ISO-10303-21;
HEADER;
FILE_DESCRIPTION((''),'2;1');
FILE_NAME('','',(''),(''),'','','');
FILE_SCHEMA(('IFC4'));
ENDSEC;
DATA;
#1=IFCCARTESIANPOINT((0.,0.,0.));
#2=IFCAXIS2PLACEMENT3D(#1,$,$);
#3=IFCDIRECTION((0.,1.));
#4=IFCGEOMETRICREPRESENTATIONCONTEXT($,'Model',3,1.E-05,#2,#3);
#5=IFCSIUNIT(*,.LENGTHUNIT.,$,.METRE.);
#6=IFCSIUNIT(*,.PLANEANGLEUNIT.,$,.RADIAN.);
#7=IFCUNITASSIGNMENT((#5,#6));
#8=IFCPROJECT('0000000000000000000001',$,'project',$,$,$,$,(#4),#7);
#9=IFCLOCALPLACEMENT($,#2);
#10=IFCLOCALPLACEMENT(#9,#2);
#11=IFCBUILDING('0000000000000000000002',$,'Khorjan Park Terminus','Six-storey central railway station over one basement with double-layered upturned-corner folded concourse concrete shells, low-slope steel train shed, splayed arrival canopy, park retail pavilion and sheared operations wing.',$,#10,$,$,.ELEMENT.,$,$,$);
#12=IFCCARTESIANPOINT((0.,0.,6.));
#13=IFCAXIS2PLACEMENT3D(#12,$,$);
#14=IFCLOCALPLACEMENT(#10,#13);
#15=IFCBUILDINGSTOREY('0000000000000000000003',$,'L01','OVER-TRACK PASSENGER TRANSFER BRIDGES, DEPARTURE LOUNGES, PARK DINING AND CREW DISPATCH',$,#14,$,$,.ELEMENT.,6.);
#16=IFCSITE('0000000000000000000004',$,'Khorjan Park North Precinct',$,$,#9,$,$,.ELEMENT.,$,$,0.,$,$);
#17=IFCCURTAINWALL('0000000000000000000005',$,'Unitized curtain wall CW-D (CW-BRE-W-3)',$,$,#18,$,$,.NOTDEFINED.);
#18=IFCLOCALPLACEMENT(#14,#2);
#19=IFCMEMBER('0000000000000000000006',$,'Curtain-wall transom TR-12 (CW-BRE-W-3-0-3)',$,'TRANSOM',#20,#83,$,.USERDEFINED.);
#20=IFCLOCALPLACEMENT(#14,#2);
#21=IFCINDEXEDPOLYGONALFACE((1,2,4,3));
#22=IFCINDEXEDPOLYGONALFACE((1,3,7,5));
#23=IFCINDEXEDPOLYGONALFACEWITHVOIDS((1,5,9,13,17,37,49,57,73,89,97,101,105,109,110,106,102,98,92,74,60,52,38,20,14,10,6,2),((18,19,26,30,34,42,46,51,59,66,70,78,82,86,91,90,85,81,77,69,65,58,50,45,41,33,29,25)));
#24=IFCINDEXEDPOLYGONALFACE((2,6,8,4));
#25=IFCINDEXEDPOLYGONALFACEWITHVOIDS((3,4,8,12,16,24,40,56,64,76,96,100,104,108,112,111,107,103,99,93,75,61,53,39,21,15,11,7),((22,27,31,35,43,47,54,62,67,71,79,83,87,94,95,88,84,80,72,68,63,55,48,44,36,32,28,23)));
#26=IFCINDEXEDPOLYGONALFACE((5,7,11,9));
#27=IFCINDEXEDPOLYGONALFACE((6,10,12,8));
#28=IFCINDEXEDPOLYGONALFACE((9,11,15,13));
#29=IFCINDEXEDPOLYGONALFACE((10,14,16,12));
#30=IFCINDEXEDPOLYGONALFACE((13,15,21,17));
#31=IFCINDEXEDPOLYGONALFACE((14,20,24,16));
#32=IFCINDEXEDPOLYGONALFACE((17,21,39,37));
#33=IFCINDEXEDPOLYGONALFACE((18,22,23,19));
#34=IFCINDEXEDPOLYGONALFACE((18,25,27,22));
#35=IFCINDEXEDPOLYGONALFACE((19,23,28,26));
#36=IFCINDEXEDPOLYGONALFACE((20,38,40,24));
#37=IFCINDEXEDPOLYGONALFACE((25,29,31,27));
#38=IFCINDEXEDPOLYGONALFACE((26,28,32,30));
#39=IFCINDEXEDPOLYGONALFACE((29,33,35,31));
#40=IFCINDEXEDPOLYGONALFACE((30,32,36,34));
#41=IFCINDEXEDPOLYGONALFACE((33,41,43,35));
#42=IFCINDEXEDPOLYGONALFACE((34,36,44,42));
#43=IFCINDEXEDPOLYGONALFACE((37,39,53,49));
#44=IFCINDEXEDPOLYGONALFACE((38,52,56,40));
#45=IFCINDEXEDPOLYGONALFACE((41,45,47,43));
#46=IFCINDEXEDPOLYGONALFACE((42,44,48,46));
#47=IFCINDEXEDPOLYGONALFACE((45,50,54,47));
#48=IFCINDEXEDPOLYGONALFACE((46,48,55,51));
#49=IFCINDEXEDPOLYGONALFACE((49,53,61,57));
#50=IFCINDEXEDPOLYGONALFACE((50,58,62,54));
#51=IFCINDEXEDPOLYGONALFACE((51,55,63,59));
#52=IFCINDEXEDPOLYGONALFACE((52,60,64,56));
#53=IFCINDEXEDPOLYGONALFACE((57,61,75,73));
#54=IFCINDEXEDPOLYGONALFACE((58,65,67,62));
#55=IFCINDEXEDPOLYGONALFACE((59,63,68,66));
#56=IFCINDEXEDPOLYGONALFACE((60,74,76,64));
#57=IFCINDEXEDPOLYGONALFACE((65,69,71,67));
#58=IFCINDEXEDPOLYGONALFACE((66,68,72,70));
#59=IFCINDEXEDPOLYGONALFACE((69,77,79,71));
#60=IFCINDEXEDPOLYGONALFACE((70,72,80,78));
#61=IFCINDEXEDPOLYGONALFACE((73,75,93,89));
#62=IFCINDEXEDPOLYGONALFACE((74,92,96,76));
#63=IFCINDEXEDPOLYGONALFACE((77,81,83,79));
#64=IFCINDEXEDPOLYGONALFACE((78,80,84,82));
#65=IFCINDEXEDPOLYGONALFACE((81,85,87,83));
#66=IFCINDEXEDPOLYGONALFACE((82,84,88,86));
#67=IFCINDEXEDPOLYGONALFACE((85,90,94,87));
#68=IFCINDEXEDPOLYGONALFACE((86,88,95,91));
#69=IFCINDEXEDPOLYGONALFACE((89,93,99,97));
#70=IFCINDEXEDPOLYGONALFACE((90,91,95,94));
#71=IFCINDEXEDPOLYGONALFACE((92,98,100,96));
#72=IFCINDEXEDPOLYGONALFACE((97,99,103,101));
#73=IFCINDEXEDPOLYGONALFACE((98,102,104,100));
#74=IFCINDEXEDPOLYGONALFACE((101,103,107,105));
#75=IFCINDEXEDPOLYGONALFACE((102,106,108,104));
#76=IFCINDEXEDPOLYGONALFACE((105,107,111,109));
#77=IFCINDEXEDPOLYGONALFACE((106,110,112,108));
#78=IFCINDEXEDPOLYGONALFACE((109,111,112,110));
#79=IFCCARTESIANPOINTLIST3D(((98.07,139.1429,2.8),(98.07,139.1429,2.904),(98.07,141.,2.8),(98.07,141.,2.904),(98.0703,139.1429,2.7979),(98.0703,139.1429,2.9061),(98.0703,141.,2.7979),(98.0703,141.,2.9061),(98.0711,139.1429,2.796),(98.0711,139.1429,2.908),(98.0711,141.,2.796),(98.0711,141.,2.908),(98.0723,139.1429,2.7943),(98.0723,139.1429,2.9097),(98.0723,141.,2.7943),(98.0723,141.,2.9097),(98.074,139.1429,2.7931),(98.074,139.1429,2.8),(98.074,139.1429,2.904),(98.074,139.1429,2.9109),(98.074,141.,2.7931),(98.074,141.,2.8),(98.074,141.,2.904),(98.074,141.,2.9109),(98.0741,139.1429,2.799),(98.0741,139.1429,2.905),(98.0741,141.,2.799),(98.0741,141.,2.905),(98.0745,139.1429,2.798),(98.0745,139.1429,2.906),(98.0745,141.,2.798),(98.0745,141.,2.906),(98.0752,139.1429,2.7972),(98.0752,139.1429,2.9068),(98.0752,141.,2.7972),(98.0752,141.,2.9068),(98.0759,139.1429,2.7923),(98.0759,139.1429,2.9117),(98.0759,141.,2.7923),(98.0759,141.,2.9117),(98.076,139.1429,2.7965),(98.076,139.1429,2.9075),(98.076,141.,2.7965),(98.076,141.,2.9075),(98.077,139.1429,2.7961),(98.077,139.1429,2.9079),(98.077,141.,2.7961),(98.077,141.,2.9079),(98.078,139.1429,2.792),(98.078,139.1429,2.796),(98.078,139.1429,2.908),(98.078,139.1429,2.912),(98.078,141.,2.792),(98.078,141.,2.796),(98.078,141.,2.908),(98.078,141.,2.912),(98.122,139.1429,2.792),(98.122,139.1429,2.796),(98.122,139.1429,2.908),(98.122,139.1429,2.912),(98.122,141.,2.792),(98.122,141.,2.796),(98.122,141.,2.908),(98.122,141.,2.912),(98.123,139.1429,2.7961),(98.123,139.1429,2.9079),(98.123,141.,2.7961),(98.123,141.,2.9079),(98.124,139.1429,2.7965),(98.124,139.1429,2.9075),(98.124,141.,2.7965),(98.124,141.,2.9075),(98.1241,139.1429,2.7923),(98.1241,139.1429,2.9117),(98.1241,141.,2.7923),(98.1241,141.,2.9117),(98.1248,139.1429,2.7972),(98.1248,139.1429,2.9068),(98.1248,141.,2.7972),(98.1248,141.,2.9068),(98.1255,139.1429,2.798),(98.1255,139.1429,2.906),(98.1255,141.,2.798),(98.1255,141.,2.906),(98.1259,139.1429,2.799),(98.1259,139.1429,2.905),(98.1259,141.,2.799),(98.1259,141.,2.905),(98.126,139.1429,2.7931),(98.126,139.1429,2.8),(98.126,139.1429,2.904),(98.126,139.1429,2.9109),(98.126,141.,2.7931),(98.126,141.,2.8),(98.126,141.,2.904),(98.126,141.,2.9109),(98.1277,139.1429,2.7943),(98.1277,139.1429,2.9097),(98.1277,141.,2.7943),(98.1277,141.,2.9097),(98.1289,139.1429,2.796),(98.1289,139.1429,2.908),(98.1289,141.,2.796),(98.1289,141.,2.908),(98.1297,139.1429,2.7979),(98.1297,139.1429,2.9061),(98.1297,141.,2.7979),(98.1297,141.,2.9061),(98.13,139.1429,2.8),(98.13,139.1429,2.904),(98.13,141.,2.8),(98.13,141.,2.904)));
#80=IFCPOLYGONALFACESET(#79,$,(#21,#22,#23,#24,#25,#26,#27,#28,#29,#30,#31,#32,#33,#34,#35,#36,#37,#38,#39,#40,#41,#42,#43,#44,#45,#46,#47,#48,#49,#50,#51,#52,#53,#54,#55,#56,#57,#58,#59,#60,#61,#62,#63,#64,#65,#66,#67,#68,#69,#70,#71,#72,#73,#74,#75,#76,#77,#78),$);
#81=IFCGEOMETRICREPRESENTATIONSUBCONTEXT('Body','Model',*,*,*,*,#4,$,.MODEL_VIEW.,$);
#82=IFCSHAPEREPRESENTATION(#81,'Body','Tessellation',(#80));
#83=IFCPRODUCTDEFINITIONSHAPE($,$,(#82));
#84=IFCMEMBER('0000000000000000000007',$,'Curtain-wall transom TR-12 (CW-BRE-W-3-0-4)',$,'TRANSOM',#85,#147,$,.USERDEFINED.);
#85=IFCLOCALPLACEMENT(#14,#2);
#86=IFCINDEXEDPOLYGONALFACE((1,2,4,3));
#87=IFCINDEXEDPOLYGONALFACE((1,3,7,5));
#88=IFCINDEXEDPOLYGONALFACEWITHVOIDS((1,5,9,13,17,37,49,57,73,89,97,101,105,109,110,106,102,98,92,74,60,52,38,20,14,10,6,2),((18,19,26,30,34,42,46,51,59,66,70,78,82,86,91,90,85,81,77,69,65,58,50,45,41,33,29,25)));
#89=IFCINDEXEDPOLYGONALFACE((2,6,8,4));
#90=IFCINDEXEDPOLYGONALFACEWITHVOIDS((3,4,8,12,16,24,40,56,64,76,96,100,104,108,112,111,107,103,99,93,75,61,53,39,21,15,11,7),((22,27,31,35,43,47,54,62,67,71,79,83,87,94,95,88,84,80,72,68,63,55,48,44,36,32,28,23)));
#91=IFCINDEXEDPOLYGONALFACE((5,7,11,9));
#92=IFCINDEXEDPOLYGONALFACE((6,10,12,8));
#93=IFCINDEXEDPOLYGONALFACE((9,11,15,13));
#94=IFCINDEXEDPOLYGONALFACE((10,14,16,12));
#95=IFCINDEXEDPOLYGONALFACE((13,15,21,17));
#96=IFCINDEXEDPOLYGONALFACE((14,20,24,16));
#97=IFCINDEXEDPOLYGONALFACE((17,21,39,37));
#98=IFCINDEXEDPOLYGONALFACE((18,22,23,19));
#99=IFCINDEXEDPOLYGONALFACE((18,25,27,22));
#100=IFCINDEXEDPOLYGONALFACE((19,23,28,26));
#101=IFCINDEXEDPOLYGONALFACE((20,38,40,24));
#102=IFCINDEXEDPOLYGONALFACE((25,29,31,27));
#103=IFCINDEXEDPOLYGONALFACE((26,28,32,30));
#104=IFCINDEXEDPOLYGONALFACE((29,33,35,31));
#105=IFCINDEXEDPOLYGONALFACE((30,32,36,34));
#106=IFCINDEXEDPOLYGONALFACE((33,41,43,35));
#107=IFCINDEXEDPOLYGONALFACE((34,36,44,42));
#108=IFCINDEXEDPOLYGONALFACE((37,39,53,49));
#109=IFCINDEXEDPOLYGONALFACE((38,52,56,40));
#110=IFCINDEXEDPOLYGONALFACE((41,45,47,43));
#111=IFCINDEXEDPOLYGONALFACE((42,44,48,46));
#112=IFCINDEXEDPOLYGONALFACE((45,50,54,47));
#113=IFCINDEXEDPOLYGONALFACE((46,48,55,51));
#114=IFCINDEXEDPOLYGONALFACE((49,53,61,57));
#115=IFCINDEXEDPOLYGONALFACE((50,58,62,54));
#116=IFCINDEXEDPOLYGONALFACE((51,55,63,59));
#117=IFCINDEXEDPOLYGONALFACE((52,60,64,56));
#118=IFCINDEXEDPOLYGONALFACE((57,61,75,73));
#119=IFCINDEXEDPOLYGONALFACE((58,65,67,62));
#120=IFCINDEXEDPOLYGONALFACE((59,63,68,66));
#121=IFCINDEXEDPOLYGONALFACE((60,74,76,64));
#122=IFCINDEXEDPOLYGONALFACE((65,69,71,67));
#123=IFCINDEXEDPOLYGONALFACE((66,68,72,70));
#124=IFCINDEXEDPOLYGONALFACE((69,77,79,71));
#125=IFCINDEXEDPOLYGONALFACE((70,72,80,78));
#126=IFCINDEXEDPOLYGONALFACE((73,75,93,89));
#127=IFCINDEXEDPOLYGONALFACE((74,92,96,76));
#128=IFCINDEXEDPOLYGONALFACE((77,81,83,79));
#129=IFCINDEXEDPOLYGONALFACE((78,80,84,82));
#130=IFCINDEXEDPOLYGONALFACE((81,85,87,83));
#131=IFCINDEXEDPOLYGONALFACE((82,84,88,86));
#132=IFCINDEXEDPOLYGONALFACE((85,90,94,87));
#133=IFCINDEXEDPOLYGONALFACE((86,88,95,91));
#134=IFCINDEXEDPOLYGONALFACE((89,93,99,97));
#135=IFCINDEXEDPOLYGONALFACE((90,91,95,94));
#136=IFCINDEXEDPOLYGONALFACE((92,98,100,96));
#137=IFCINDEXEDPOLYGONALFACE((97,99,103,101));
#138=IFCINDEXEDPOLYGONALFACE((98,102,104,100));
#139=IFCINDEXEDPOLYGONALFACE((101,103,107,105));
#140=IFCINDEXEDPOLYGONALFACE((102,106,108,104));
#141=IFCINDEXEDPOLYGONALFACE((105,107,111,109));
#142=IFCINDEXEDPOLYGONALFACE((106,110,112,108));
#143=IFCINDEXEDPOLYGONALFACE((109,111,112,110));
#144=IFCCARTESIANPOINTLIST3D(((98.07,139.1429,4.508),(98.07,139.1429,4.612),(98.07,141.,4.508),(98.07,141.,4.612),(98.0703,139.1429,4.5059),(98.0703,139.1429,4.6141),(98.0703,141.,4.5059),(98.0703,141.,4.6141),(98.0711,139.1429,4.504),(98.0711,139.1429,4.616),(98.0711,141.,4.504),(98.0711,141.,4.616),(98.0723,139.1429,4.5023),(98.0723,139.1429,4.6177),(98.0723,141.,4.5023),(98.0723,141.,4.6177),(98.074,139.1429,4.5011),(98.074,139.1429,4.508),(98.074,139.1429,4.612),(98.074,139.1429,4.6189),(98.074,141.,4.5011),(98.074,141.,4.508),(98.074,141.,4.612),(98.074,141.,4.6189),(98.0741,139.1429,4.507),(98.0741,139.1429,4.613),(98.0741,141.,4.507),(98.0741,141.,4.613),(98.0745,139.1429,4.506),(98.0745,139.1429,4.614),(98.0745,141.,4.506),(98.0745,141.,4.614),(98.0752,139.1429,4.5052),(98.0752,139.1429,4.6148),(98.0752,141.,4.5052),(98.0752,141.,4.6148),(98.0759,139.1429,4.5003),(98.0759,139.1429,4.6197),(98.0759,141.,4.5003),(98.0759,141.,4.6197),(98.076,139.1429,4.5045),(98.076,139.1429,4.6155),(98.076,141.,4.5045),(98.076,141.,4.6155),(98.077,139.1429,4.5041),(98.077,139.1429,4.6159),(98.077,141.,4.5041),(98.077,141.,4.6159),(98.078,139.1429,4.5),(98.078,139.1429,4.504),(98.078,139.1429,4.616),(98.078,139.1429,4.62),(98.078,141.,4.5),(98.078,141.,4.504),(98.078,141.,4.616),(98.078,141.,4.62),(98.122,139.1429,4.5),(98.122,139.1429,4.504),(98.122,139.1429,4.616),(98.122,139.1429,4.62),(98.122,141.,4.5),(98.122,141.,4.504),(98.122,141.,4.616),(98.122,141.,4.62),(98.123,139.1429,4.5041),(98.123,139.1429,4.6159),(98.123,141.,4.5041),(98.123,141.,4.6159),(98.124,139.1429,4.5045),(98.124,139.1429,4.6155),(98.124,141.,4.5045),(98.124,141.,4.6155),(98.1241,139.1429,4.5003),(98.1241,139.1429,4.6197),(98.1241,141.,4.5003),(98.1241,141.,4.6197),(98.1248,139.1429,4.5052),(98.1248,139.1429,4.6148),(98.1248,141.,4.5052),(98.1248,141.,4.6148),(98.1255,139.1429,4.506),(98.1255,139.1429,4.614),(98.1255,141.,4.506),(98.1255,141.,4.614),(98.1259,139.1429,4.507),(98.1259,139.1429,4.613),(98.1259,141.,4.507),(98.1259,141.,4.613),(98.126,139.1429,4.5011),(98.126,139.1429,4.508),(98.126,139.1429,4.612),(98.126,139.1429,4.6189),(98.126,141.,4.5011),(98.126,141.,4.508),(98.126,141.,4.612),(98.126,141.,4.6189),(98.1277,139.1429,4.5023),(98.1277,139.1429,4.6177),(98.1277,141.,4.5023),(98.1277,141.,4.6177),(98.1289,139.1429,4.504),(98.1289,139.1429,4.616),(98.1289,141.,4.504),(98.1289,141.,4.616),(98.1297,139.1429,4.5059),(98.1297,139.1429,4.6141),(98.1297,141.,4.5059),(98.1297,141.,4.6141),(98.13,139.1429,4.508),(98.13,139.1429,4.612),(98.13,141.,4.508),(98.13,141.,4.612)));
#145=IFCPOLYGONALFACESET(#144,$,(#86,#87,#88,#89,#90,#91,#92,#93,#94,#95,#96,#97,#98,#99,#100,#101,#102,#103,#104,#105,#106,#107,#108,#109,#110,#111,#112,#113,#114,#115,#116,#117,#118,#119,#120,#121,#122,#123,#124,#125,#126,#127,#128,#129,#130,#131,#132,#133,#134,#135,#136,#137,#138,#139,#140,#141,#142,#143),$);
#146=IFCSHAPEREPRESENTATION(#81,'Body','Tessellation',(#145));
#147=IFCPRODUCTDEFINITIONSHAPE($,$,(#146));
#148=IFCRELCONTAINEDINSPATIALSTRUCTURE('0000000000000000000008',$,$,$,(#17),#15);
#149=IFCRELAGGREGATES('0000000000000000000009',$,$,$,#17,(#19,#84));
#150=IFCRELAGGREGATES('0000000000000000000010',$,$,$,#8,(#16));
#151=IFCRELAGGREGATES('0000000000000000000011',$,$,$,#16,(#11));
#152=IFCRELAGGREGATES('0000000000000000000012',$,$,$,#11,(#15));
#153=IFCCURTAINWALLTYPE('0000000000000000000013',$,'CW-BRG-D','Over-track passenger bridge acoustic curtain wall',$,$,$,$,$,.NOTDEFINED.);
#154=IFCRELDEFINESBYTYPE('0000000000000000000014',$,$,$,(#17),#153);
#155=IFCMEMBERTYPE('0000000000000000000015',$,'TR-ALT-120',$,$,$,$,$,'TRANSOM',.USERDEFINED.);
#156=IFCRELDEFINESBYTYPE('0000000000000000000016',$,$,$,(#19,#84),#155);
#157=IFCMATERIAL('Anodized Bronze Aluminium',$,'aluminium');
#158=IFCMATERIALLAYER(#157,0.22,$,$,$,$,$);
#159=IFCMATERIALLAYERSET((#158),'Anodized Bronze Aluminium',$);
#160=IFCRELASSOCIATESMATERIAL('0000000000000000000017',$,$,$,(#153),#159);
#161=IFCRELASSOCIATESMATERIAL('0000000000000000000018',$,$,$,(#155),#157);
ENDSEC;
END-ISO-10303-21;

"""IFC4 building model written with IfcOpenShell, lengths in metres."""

from ifc_helpers import new_model, si_unit, direction, frame, origin, origin_2d, place, context, subcontext, project, spatial, hollow_rectangle, extrude, material, layer, layer_set, material_profile, profile_set, type_object, element, aggregate, save


model = new_model("IFC4")

# Units and contexts
model_context = context("Model", 3, precision=1e-05, world=origin(), true_north=direction((0.0, 1.0)))
body_context = subcontext(model_context, "Body", "Model", "MODEL_VIEW")
ifc_project = project(units=[si_unit("LENGTHUNIT", "METRE"), si_unit("PLANEANGLEUNIT", "RADIAN")], contexts=[model_context])

# Site, building, storey
site_placement = place(None, origin())
site = spatial("IfcSite", under=ifc_project, at=site_placement, Name="Khorjan Park North Precinct", CompositionType="ELEMENT", RefElevation=0.0)
building_placement = place(site_placement, origin())
building = spatial("IfcBuilding", under=site, at=building_placement, Name="Khorjan Park Terminus", Description="Six-storey central railway station over one basement with double-layered upturned-corner folded concourse concrete shells, low-slope steel train shed, splayed arrival canopy, park retail pavilion and sheared operations wing.", CompositionType="ELEMENT")
storey_placement = place(building_placement, frame((0.0, 0.0, 6.0)))
storey = spatial("IfcBuildingStorey", under=building, at=storey_placement, Name="L01", Description="OVER-TRACK PASSENGER TRANSFER BRIDGES, DEPARTURE LOUNGES, PARK DINING AND CREW DISPATCH", CompositionType="ELEMENT", Elevation=6.0)

# Curtain wall, members
ifc_material_1 = material(Name="Anodized Bronze Aluminium", Category="aluminium")
ifc_layer_1 = layer(ifc_material_1, 0.22)
ifc_layer_set_1 = layer_set([ifc_layer_1], Name="Anodized Bronze Aluminium")
curtain_wall_type = type_object("IfcCurtainWallType", Name="CW-BRG-D", Description="Over-track passenger bridge acoustic curtain wall", PredefinedType="NOTDEFINED", material=ifc_layer_set_1)
curtain_wall_1_placement = place(storey_placement, origin())
curtain_wall_1 = element("IfcCurtainWall", 1, at=curtain_wall_1_placement, inside=storey, type_object=curtain_wall_type, Name="Unitized curtain wall CW-D (CW-BRE-W-3)", PredefinedType="NOTDEFINED")
ifc_material_profile_1 = material_profile(ifc_material_1, hollow_rectangle(XDim=0.06, YDim=0.12, WallThickness=0.004, InnerFilletRadius=0.004, OuterFilletRadius=0.008, at=origin_2d()), Name="ALT 60x120x4")
ifc_profile_set_1 = profile_set([ifc_material_profile_1], Name="Anodized Bronze Aluminium")
member_type_1 = type_object("IfcMemberType", Name="TR-ALT-120", ElementType="TRANSOM", PredefinedType="USERDEFINED", material=ifc_profile_set_1)
member_1_placement = place(storey_placement, frame((98.1, 141.0, 2.852), z_axis=(0.0, -1.0, 0.0), x_axis=(1.0, 0.0, 0.0)))
member_1 = element("IfcMember", 2, at=member_1_placement, type_object=member_type_1, Name="Curtain-wall transom TR-12 (CW-BRE-W-3-0-3)", ObjectType="TRANSOM", PredefinedType="USERDEFINED", context=body_context, shape_type="SweptSolid", body=[
    extrude(hollow_rectangle(XDim=0.06, YDim=0.12, WallThickness=0.004, InnerFilletRadius=0.004, OuterFilletRadius=0.008, at=origin_2d()), origin(), (0.0, 0.0, 1.0), 1.8571),
])
member_2_placement = place(storey_placement, frame((98.1, 141.0, 4.56), z_axis=(0.0, -1.0, 0.0), x_axis=(1.0, 0.0, 0.0)))
member_2 = element("IfcMember", 3, at=member_2_placement, type_object=member_type_1, Name="Curtain-wall transom TR-12 (CW-BRE-W-3-0-4)", ObjectType="TRANSOM", PredefinedType="USERDEFINED", context=body_context, shape_type="SweptSolid", body=[
    extrude(hollow_rectangle(XDim=0.06, YDim=0.12, WallThickness=0.004, InnerFilletRadius=0.004, OuterFilletRadius=0.008, at=origin_2d()), origin(), (0.0, 0.0, 1.0), 1.8571),
])

aggregate(curtain_wall_1, [member_1, member_2])

save(model, "model.ifc")
